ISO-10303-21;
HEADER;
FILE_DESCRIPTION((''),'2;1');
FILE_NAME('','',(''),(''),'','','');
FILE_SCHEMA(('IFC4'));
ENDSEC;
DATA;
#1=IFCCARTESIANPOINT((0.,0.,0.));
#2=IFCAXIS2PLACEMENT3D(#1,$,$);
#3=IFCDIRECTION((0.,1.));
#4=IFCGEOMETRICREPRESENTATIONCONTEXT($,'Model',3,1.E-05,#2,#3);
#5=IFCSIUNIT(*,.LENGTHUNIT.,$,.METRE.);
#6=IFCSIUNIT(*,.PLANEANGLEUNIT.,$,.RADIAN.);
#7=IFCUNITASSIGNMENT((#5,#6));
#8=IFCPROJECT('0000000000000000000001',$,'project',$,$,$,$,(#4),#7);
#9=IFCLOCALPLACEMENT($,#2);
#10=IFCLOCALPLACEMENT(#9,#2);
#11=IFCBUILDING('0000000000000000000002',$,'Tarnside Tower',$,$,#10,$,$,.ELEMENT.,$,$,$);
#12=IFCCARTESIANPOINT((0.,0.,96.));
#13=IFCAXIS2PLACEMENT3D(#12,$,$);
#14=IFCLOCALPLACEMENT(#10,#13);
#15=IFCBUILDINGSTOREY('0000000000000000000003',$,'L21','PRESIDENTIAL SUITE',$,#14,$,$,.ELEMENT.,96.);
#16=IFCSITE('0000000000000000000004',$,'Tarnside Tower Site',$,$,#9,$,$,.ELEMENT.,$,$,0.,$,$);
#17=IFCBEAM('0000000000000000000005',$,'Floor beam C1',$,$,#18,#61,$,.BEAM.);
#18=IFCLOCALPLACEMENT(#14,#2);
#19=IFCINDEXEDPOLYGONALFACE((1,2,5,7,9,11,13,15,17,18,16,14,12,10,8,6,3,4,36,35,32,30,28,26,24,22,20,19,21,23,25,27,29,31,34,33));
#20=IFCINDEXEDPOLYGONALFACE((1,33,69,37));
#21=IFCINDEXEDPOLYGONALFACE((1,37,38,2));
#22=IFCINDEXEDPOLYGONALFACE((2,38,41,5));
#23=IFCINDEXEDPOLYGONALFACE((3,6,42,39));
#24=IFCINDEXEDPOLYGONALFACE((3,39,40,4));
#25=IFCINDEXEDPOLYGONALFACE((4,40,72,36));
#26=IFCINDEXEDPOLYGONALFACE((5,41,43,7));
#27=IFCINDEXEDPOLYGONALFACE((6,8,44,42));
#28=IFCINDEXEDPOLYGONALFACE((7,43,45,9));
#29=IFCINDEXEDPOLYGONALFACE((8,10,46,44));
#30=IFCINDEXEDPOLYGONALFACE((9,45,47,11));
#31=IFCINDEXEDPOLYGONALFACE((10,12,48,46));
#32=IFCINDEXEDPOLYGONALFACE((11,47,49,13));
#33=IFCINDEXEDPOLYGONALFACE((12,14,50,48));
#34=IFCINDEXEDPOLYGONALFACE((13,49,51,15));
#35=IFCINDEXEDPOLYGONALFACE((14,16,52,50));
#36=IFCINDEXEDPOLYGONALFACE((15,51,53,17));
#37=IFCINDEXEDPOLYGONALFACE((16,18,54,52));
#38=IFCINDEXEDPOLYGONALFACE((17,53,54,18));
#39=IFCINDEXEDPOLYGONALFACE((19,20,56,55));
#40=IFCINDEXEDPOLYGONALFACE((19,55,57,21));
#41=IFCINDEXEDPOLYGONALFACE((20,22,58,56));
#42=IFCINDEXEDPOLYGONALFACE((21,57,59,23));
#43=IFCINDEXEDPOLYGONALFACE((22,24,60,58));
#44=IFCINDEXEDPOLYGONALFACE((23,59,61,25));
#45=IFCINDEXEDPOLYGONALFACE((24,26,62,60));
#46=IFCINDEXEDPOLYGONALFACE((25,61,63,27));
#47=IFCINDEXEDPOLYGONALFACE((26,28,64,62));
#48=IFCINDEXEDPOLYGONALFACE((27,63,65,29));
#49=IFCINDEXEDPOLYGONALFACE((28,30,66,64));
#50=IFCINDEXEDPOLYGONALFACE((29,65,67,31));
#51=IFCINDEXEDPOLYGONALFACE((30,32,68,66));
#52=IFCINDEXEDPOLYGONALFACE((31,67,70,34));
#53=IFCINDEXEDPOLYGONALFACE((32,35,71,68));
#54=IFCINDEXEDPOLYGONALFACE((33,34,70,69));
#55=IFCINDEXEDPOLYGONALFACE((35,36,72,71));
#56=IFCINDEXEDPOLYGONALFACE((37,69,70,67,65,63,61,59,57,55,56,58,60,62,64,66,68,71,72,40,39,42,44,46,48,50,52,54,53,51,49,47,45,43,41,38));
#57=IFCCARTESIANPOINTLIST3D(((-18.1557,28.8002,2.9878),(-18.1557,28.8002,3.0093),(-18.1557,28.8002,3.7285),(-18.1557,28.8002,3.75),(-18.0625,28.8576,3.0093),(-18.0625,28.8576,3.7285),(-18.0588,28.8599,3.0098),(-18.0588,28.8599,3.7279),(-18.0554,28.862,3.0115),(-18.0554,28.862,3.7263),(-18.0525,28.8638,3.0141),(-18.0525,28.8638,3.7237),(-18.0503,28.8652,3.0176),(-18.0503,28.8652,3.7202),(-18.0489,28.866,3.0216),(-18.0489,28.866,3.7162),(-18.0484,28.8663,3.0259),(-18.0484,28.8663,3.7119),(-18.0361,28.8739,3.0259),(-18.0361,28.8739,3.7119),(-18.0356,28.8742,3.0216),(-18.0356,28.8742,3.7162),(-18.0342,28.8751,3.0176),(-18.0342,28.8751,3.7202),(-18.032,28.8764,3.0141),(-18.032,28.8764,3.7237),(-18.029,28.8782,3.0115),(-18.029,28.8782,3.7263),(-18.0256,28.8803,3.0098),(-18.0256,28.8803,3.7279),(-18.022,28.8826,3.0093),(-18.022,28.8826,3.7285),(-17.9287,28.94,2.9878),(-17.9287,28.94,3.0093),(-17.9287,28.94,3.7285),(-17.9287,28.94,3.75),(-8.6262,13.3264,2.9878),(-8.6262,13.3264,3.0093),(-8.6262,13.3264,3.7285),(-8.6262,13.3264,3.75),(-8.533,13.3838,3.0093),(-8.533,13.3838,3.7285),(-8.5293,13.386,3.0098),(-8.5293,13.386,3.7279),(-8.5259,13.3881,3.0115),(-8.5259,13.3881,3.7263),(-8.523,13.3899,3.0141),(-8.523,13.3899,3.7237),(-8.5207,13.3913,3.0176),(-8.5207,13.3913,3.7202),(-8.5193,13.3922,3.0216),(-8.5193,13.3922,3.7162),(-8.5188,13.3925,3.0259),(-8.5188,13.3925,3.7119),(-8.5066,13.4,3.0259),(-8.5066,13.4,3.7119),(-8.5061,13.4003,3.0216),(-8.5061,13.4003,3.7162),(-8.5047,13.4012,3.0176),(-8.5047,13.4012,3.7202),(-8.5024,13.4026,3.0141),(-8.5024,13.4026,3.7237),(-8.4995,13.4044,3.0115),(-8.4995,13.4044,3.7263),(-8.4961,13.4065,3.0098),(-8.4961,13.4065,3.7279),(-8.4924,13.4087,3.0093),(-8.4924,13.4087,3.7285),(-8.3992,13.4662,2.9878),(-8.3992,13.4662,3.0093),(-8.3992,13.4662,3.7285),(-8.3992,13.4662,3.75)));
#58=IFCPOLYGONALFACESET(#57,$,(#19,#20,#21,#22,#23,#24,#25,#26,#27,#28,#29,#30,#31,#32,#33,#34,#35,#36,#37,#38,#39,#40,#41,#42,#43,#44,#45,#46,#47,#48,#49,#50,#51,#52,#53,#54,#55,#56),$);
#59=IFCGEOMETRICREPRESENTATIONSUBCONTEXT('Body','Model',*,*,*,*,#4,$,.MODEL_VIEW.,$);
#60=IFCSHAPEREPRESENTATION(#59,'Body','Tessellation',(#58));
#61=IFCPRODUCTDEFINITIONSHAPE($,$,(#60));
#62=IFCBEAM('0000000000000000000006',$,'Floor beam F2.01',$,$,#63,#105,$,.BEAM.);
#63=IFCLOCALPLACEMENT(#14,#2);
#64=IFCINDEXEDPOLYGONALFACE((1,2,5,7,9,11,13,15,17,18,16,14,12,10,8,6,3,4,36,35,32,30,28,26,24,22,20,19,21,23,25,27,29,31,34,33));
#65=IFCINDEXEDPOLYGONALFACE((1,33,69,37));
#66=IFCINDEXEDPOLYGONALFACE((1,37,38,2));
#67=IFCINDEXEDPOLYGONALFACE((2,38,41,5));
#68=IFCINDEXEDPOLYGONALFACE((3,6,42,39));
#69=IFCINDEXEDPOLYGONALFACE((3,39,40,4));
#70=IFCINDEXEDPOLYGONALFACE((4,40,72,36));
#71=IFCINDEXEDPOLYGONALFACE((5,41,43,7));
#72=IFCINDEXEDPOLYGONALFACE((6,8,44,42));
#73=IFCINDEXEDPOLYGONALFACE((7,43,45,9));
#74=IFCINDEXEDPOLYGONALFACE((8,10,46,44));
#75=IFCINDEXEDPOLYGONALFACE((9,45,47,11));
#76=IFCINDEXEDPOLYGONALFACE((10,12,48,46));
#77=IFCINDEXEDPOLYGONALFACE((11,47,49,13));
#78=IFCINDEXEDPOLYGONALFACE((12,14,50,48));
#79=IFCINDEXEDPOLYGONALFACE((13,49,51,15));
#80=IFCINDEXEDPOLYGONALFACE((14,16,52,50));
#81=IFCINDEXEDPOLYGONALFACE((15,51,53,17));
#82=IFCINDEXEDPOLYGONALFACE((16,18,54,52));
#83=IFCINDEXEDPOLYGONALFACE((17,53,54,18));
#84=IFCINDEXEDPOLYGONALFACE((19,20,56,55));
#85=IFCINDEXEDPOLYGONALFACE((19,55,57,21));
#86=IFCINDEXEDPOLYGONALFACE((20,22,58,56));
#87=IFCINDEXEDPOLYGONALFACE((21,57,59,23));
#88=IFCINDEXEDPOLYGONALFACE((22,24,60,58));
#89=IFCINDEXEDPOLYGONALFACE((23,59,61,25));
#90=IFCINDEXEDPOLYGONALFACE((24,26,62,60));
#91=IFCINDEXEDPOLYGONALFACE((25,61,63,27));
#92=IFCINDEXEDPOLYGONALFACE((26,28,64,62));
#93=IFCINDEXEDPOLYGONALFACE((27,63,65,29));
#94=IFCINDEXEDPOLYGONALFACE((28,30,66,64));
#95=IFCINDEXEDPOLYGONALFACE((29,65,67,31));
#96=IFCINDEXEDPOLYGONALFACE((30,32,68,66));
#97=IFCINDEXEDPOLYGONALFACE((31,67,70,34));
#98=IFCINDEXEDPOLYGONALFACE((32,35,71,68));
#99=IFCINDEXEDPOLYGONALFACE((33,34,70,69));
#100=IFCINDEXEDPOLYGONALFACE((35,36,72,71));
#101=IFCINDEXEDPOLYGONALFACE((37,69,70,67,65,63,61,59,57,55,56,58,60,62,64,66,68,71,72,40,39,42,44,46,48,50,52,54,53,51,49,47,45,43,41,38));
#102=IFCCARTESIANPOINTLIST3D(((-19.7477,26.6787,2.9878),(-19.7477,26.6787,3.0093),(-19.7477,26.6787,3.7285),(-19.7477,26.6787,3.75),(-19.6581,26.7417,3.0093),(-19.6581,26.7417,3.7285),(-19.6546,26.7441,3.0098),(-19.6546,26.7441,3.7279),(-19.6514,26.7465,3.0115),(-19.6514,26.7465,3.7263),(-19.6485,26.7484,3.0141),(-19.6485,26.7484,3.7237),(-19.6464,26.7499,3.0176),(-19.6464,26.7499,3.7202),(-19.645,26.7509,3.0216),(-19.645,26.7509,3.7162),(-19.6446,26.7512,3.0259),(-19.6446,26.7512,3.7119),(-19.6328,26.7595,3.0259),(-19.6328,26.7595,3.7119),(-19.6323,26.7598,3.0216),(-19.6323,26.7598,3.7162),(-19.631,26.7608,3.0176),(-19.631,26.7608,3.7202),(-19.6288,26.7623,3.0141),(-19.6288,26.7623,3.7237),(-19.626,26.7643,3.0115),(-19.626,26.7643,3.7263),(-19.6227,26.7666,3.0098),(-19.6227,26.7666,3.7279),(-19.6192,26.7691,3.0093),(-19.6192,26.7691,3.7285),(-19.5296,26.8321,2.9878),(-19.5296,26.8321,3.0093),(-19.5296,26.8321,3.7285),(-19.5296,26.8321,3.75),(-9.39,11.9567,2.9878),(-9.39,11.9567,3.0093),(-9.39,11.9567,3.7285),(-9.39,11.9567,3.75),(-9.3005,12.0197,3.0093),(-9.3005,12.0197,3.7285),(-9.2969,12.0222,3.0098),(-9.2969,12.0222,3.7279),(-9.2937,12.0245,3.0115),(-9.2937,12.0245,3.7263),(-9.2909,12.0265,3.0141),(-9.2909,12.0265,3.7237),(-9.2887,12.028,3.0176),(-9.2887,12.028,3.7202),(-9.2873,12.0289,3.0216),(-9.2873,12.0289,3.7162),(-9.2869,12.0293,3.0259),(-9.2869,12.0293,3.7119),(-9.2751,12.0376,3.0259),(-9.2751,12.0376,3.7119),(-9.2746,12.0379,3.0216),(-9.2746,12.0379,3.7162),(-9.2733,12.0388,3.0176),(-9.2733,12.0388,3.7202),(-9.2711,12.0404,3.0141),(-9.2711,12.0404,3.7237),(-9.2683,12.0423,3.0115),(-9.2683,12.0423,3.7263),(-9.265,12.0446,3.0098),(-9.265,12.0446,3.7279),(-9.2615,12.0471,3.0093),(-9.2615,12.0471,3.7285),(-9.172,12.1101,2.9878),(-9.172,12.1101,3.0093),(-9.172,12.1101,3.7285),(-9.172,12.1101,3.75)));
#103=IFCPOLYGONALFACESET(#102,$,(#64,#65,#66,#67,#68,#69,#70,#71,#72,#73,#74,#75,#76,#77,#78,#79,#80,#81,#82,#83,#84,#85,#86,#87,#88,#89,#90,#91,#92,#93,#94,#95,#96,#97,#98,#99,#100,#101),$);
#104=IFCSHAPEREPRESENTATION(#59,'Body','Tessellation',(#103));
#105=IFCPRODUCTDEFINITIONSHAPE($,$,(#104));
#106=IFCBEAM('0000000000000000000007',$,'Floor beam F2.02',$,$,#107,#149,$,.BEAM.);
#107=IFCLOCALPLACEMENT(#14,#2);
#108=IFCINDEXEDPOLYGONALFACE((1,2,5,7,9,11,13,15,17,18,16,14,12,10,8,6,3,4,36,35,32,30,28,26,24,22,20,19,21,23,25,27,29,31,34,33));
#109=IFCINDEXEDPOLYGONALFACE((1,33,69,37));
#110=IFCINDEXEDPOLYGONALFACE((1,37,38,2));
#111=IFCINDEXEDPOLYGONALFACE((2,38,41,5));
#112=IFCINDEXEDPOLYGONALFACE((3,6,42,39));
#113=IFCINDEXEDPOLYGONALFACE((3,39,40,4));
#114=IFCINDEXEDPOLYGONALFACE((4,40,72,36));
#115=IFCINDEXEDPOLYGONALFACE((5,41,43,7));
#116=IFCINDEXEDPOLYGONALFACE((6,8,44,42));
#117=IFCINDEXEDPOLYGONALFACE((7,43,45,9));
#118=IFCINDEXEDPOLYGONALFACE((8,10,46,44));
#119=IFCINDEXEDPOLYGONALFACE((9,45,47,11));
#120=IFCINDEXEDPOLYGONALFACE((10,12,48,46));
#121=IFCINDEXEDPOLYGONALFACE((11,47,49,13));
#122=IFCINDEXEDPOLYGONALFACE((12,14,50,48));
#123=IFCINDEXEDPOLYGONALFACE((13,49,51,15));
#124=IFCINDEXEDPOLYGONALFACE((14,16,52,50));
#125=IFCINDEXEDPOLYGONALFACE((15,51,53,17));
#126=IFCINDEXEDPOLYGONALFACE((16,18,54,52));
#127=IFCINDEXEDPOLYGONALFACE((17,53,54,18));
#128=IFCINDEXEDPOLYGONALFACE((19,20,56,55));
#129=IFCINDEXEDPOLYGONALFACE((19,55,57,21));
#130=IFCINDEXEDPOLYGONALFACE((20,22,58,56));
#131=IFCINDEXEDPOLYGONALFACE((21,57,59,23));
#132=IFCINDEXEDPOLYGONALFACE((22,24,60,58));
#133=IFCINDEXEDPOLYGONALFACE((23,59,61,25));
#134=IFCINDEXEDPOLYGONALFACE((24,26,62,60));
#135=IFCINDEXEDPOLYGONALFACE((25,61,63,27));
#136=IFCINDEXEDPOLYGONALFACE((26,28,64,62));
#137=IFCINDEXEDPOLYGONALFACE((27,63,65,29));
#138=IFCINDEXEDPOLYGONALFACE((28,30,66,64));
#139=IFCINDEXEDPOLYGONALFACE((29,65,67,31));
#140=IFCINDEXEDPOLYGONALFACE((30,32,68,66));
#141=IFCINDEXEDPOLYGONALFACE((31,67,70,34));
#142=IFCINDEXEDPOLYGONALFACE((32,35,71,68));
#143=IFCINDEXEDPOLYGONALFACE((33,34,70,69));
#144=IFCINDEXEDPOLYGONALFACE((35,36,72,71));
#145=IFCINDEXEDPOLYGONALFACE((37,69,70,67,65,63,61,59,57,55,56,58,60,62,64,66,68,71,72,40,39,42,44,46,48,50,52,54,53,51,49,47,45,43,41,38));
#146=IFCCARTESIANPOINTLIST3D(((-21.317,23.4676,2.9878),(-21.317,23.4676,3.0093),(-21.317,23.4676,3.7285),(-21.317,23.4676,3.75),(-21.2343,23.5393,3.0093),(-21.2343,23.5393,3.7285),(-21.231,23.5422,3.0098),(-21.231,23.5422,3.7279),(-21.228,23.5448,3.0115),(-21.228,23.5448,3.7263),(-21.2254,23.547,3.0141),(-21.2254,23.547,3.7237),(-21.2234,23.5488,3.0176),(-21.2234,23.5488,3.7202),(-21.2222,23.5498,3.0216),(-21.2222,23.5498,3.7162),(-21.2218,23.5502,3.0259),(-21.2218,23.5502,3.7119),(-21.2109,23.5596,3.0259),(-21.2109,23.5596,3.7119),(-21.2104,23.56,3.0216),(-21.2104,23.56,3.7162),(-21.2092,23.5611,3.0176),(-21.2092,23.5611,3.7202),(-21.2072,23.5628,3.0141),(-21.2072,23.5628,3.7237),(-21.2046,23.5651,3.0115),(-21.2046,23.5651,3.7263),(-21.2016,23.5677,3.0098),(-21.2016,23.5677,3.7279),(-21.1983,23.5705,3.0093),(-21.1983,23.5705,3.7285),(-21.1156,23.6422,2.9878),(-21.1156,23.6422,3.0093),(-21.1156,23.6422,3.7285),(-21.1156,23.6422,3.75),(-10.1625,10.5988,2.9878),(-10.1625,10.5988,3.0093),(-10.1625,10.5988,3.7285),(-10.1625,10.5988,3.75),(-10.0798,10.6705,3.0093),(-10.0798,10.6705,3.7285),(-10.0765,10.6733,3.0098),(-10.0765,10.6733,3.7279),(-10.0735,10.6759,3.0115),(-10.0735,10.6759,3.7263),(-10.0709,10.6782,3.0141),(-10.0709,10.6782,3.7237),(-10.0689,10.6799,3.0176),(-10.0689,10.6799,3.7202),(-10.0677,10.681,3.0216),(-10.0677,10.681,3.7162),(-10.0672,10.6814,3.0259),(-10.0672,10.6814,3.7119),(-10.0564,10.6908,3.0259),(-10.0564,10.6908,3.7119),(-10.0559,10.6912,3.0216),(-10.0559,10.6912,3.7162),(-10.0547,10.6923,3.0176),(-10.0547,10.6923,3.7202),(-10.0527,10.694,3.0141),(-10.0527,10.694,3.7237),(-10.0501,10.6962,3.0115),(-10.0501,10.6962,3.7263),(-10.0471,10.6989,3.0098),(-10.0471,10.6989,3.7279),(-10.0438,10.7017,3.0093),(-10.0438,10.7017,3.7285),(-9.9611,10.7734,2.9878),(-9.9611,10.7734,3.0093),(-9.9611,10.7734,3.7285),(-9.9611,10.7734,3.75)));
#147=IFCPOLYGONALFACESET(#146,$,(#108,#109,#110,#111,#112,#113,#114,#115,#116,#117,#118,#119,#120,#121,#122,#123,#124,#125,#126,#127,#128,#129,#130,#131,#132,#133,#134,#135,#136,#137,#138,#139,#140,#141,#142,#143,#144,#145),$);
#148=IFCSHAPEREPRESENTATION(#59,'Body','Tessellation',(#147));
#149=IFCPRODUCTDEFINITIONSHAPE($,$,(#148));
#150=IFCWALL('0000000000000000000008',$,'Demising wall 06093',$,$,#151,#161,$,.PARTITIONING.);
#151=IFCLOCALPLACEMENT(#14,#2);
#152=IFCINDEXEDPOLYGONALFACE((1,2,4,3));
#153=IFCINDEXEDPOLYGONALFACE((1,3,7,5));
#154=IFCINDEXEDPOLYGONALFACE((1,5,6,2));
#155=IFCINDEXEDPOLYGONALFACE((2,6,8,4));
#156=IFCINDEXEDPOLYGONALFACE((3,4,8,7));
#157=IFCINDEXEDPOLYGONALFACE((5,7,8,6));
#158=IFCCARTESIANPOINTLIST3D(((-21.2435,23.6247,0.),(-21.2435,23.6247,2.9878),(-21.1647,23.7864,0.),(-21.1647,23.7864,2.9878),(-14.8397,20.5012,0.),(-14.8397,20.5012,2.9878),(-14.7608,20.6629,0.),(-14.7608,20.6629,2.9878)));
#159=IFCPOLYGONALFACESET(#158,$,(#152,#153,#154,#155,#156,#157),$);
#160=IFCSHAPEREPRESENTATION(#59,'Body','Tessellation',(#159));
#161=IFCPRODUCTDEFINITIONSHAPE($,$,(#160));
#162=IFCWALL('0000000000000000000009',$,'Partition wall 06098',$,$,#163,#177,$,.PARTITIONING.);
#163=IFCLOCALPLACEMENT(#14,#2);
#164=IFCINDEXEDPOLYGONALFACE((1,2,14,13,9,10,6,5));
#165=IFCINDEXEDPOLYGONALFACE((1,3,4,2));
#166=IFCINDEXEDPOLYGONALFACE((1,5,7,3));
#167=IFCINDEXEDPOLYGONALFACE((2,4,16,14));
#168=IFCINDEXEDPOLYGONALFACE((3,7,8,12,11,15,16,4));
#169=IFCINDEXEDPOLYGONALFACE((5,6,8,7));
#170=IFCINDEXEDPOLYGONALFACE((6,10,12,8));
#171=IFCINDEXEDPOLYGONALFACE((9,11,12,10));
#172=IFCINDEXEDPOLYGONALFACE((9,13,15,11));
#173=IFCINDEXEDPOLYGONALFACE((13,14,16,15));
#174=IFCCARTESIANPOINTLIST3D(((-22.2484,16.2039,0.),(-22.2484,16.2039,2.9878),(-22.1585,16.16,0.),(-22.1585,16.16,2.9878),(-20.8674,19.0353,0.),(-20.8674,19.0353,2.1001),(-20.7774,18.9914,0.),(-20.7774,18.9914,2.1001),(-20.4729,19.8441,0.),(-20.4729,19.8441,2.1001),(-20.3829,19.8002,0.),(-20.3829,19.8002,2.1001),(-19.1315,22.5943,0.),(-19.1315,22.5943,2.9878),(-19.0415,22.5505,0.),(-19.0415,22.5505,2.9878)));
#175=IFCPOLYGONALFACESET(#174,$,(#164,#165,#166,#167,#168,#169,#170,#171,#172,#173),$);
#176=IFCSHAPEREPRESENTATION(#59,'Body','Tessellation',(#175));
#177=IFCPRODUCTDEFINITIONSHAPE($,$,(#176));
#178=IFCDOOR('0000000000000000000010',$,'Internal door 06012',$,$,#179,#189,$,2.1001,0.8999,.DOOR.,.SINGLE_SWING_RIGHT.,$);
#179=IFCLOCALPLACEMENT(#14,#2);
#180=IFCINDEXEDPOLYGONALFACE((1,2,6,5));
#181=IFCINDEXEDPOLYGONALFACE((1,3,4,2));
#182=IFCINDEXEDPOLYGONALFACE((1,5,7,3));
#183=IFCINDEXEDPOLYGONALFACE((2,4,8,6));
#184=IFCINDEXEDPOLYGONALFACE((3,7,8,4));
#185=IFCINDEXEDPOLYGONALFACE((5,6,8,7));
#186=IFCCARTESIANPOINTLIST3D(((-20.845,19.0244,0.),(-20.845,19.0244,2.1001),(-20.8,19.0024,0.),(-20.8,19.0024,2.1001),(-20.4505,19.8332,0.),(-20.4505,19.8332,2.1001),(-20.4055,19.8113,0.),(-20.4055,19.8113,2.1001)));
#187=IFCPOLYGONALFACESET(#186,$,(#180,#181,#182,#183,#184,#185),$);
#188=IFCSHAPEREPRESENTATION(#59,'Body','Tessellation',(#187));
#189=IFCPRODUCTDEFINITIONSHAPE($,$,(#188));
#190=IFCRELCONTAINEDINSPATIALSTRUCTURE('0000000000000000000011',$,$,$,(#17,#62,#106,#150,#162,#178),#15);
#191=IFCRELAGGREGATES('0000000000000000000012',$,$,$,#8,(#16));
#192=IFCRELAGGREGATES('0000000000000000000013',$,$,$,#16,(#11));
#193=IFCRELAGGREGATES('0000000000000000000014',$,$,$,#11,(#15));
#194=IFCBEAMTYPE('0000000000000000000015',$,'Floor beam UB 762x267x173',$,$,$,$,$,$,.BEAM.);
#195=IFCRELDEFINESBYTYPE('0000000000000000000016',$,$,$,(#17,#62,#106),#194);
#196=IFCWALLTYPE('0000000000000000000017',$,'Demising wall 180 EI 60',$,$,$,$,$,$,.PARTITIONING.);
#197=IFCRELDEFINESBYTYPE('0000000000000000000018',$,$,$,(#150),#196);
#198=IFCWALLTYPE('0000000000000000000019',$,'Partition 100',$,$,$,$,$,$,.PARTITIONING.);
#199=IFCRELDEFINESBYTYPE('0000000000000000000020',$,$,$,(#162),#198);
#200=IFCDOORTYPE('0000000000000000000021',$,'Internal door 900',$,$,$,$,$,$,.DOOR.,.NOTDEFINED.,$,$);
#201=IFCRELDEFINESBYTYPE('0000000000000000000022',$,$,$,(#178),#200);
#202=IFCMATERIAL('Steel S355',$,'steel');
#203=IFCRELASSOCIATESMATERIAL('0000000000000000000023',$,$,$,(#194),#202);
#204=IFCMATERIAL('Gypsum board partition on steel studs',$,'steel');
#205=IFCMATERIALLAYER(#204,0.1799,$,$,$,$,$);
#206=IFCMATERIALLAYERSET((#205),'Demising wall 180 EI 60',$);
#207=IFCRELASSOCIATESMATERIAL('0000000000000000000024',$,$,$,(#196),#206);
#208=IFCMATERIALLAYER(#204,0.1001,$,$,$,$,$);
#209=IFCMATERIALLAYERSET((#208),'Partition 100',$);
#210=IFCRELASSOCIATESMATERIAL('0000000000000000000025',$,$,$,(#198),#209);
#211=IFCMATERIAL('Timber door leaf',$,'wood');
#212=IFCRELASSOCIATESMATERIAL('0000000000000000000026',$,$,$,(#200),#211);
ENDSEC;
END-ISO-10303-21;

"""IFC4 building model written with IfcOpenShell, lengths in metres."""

from ifc_helpers import new_model, si_unit, direction, frame, frame_2d, origin, origin_2d, place, context, subcontext, project, spatial, rectangle, i_section, extrude, material, layer, layer_set, material_profile, profile_set, type_object, element, fill, save


model = new_model("IFC4")

# Units and contexts
model_context = context("Model", 3, precision=1e-05, world=origin(), true_north=direction((0.0, 1.0)))
body_context = subcontext(model_context, "Body", "Model", "MODEL_VIEW")
ifc_project = project(units=[si_unit("LENGTHUNIT", "METRE"), si_unit("PLANEANGLEUNIT", "RADIAN")], contexts=[model_context])

# Site, building, storey
site_placement = place(None, origin())
site = spatial("IfcSite", under=ifc_project, at=site_placement, Name="Tarnside Tower Site", CompositionType="ELEMENT", RefElevation=0.0)
building_placement = place(site_placement, origin())
building = spatial("IfcBuilding", under=site, at=building_placement, Name="Tarnside Tower", CompositionType="ELEMENT")
storey_placement = place(building_placement, frame((0.0, 0.0, 96.0)))
storey = spatial("IfcBuildingStorey", under=building, at=storey_placement, Name="L21", Description="PRESIDENTIAL SUITE", CompositionType="ELEMENT", Elevation=96.0)

# Beams
ifc_material_1 = material(Name="Steel S355", Category="steel")
ifc_material_profile = material_profile(ifc_material_1, i_section(OverallWidth=0.2666, OverallDepth=0.7622, WebThickness=0.0144, FlangeThickness=0.0215, FilletRadius=0.0166, at=origin_2d()), Name="UB 762x267x173")
ifc_profile_set = profile_set([ifc_material_profile], Name="Steel S355")
beam_type = type_object("IfcBeamType", Name="Floor beam UB 762x267x173", PredefinedType="BEAM", material=ifc_profile_set)
beam_1_placement = place(storey_placement, frame((-18.0422, 28.8701, 3.3689), z_axis=(0.524383, -0.851483, 0.0), x_axis=(0.851483, 0.524383, 0.0)))
element("IfcBeam", 1, at=beam_1_placement, inside=storey, type_object=beam_type, Name="Floor beam C1", PredefinedType="BEAM", context=body_context, shape_type="SweptSolid", body=[
    extrude(i_section(OverallWidth=0.2666, OverallDepth=0.7622, WebThickness=0.0144, FlangeThickness=0.0215, FilletRadius=0.0166, at=origin_2d()), origin(), (0.0, 0.0, 1.0), 18.1729),
])
beam_2_placement = place(storey_placement, frame((-19.6387, 26.7554, 3.3689), z_axis=(0.575411, -0.817864, 0.0), x_axis=(0.817864, 0.575411, 0.0)))
element("IfcBeam", 2, at=beam_2_placement, inside=storey, type_object=beam_type, Name="Floor beam F2.01", PredefinedType="BEAM", context=body_context, shape_type="SweptSolid", body=[
    extrude(i_section(OverallWidth=0.2666, OverallDepth=0.7622, WebThickness=0.0144, FlangeThickness=0.0215, FilletRadius=0.0166, at=origin_2d()), origin(), (0.0, 0.0, 1.0), 18.0005),
])
beam_3_placement = place(storey_placement, frame((-21.2163, 23.5549, 3.3689), z_axis=(0.654981, -0.755646, 0.0), x_axis=(0.755646, 0.654981, 0.0)))
element("IfcBeam", 3, at=beam_3_placement, inside=storey, type_object=beam_type, Name="Floor beam F2.02", PredefinedType="BEAM", context=body_context, shape_type="SweptSolid", body=[
    extrude(i_section(OverallWidth=0.2666, OverallDepth=0.7622, WebThickness=0.0144, FlangeThickness=0.0215, FilletRadius=0.0166, at=origin_2d()), origin(), (0.0, 0.0, 1.0), 17.0303),
])

# Wall
ifc_material_2 = material(Name="Gypsum board partition on steel studs", Category="steel")
ifc_layer_1 = layer(ifc_material_2, 0.1799)
ifc_layer_set_1 = layer_set([ifc_layer_1], Name="Demising wall 180 EI 60")
wall_type_1 = type_object("IfcWallType", Name="Demising wall 180 EI 60", PredefinedType="PARTITIONING", material=ifc_layer_set_1)
wall_1_placement = place(storey_placement, frame((-21.2041, 23.7056, 0.0), z_axis=(0.0, 0.0, 1.0), x_axis=(0.898784, -0.438393, 0.0)))
element("IfcWall", 4, at=wall_1_placement, inside=storey, type_object=wall_type_1, Name="Demising wall 06093", PredefinedType="PARTITIONING", context=body_context, shape_type="SweptSolid", body=[
    extrude(rectangle(XDim=7.125, YDim=0.1799, at=frame_2d((3.5625, 0.0))), origin(), (0.0, 0.0, 1.0), 2.9878),
])

# Wall, opening, door
ifc_layer_2 = layer(ifc_material_2, 0.1001)
ifc_layer_set_2 = layer_set([ifc_layer_2], Name="Partition 100")
wall_type_2 = type_object("IfcWallType", Name="Partition 100", PredefinedType="PARTITIONING", material=ifc_layer_set_2)
wall_2_placement = place(storey_placement, frame((-19.0864, 22.5725, 0.0), z_axis=(0.0, 0.0, 1.0), x_axis=(-0.438388, -0.898786, 0.0)))
wall_2 = element("IfcWall", 5, at=wall_2_placement, inside=storey, type_object=wall_type_2, Name="Partition wall 06098", PredefinedType="PARTITIONING", context=body_context, shape_type="SweptSolid", body=[
    extrude(rectangle(XDim=7.1101, YDim=0.1001, at=frame_2d((3.5552, 0.0))), origin(), (0.0, 0.0, 1.0), 2.9878),
])
opening_1_placement = place(wall_2_placement, frame((3.0601, 0.0, 0.0)))
opening_1 = element("IfcOpeningElement", 6, at=opening_1_placement, cuts=wall_2, PredefinedType="OPENING", context=body_context, shape_type="SweptSolid", body=[
    extrude(rectangle(XDim=0.8999, YDim=2.1001, at=frame_2d((0.45, 1.05))), frame((0.0, 0.0601, 0.0), z_axis=(0.0, -1.0, 0.0), x_axis=(1.0, 0.0, 0.0)), (0.0, 0.0, 1.0), 0.1201),
])
ifc_material_3 = material(Name="Timber door leaf", Category="wood")
door_type = type_object("IfcDoorType", Name="Internal door 900", OperationType="NOTDEFINED", PredefinedType="DOOR", material=ifc_material_3)
door_placement = place(opening_1_placement, origin())
door = element("IfcDoor", 7, at=door_placement, inside=storey, type_object=door_type, Name="Internal door 06012", OperationType="SINGLE_SWING_RIGHT", OverallHeight=2.1001, OverallWidth=0.8999, PredefinedType="DOOR", context=body_context, shape_type="SweptSolid", body=[
    extrude(rectangle(XDim=0.8999, YDim=2.1001, at=frame_2d((0.45, 1.05))), frame((0.0, 0.0249, 0.0), z_axis=(0.0, -1.0, 0.0), x_axis=(1.0, 0.0, 0.0)), (0.0, 0.0, 1.0), 0.05),
])
fill(opening_1, door)

save(model, "model.ifc")
